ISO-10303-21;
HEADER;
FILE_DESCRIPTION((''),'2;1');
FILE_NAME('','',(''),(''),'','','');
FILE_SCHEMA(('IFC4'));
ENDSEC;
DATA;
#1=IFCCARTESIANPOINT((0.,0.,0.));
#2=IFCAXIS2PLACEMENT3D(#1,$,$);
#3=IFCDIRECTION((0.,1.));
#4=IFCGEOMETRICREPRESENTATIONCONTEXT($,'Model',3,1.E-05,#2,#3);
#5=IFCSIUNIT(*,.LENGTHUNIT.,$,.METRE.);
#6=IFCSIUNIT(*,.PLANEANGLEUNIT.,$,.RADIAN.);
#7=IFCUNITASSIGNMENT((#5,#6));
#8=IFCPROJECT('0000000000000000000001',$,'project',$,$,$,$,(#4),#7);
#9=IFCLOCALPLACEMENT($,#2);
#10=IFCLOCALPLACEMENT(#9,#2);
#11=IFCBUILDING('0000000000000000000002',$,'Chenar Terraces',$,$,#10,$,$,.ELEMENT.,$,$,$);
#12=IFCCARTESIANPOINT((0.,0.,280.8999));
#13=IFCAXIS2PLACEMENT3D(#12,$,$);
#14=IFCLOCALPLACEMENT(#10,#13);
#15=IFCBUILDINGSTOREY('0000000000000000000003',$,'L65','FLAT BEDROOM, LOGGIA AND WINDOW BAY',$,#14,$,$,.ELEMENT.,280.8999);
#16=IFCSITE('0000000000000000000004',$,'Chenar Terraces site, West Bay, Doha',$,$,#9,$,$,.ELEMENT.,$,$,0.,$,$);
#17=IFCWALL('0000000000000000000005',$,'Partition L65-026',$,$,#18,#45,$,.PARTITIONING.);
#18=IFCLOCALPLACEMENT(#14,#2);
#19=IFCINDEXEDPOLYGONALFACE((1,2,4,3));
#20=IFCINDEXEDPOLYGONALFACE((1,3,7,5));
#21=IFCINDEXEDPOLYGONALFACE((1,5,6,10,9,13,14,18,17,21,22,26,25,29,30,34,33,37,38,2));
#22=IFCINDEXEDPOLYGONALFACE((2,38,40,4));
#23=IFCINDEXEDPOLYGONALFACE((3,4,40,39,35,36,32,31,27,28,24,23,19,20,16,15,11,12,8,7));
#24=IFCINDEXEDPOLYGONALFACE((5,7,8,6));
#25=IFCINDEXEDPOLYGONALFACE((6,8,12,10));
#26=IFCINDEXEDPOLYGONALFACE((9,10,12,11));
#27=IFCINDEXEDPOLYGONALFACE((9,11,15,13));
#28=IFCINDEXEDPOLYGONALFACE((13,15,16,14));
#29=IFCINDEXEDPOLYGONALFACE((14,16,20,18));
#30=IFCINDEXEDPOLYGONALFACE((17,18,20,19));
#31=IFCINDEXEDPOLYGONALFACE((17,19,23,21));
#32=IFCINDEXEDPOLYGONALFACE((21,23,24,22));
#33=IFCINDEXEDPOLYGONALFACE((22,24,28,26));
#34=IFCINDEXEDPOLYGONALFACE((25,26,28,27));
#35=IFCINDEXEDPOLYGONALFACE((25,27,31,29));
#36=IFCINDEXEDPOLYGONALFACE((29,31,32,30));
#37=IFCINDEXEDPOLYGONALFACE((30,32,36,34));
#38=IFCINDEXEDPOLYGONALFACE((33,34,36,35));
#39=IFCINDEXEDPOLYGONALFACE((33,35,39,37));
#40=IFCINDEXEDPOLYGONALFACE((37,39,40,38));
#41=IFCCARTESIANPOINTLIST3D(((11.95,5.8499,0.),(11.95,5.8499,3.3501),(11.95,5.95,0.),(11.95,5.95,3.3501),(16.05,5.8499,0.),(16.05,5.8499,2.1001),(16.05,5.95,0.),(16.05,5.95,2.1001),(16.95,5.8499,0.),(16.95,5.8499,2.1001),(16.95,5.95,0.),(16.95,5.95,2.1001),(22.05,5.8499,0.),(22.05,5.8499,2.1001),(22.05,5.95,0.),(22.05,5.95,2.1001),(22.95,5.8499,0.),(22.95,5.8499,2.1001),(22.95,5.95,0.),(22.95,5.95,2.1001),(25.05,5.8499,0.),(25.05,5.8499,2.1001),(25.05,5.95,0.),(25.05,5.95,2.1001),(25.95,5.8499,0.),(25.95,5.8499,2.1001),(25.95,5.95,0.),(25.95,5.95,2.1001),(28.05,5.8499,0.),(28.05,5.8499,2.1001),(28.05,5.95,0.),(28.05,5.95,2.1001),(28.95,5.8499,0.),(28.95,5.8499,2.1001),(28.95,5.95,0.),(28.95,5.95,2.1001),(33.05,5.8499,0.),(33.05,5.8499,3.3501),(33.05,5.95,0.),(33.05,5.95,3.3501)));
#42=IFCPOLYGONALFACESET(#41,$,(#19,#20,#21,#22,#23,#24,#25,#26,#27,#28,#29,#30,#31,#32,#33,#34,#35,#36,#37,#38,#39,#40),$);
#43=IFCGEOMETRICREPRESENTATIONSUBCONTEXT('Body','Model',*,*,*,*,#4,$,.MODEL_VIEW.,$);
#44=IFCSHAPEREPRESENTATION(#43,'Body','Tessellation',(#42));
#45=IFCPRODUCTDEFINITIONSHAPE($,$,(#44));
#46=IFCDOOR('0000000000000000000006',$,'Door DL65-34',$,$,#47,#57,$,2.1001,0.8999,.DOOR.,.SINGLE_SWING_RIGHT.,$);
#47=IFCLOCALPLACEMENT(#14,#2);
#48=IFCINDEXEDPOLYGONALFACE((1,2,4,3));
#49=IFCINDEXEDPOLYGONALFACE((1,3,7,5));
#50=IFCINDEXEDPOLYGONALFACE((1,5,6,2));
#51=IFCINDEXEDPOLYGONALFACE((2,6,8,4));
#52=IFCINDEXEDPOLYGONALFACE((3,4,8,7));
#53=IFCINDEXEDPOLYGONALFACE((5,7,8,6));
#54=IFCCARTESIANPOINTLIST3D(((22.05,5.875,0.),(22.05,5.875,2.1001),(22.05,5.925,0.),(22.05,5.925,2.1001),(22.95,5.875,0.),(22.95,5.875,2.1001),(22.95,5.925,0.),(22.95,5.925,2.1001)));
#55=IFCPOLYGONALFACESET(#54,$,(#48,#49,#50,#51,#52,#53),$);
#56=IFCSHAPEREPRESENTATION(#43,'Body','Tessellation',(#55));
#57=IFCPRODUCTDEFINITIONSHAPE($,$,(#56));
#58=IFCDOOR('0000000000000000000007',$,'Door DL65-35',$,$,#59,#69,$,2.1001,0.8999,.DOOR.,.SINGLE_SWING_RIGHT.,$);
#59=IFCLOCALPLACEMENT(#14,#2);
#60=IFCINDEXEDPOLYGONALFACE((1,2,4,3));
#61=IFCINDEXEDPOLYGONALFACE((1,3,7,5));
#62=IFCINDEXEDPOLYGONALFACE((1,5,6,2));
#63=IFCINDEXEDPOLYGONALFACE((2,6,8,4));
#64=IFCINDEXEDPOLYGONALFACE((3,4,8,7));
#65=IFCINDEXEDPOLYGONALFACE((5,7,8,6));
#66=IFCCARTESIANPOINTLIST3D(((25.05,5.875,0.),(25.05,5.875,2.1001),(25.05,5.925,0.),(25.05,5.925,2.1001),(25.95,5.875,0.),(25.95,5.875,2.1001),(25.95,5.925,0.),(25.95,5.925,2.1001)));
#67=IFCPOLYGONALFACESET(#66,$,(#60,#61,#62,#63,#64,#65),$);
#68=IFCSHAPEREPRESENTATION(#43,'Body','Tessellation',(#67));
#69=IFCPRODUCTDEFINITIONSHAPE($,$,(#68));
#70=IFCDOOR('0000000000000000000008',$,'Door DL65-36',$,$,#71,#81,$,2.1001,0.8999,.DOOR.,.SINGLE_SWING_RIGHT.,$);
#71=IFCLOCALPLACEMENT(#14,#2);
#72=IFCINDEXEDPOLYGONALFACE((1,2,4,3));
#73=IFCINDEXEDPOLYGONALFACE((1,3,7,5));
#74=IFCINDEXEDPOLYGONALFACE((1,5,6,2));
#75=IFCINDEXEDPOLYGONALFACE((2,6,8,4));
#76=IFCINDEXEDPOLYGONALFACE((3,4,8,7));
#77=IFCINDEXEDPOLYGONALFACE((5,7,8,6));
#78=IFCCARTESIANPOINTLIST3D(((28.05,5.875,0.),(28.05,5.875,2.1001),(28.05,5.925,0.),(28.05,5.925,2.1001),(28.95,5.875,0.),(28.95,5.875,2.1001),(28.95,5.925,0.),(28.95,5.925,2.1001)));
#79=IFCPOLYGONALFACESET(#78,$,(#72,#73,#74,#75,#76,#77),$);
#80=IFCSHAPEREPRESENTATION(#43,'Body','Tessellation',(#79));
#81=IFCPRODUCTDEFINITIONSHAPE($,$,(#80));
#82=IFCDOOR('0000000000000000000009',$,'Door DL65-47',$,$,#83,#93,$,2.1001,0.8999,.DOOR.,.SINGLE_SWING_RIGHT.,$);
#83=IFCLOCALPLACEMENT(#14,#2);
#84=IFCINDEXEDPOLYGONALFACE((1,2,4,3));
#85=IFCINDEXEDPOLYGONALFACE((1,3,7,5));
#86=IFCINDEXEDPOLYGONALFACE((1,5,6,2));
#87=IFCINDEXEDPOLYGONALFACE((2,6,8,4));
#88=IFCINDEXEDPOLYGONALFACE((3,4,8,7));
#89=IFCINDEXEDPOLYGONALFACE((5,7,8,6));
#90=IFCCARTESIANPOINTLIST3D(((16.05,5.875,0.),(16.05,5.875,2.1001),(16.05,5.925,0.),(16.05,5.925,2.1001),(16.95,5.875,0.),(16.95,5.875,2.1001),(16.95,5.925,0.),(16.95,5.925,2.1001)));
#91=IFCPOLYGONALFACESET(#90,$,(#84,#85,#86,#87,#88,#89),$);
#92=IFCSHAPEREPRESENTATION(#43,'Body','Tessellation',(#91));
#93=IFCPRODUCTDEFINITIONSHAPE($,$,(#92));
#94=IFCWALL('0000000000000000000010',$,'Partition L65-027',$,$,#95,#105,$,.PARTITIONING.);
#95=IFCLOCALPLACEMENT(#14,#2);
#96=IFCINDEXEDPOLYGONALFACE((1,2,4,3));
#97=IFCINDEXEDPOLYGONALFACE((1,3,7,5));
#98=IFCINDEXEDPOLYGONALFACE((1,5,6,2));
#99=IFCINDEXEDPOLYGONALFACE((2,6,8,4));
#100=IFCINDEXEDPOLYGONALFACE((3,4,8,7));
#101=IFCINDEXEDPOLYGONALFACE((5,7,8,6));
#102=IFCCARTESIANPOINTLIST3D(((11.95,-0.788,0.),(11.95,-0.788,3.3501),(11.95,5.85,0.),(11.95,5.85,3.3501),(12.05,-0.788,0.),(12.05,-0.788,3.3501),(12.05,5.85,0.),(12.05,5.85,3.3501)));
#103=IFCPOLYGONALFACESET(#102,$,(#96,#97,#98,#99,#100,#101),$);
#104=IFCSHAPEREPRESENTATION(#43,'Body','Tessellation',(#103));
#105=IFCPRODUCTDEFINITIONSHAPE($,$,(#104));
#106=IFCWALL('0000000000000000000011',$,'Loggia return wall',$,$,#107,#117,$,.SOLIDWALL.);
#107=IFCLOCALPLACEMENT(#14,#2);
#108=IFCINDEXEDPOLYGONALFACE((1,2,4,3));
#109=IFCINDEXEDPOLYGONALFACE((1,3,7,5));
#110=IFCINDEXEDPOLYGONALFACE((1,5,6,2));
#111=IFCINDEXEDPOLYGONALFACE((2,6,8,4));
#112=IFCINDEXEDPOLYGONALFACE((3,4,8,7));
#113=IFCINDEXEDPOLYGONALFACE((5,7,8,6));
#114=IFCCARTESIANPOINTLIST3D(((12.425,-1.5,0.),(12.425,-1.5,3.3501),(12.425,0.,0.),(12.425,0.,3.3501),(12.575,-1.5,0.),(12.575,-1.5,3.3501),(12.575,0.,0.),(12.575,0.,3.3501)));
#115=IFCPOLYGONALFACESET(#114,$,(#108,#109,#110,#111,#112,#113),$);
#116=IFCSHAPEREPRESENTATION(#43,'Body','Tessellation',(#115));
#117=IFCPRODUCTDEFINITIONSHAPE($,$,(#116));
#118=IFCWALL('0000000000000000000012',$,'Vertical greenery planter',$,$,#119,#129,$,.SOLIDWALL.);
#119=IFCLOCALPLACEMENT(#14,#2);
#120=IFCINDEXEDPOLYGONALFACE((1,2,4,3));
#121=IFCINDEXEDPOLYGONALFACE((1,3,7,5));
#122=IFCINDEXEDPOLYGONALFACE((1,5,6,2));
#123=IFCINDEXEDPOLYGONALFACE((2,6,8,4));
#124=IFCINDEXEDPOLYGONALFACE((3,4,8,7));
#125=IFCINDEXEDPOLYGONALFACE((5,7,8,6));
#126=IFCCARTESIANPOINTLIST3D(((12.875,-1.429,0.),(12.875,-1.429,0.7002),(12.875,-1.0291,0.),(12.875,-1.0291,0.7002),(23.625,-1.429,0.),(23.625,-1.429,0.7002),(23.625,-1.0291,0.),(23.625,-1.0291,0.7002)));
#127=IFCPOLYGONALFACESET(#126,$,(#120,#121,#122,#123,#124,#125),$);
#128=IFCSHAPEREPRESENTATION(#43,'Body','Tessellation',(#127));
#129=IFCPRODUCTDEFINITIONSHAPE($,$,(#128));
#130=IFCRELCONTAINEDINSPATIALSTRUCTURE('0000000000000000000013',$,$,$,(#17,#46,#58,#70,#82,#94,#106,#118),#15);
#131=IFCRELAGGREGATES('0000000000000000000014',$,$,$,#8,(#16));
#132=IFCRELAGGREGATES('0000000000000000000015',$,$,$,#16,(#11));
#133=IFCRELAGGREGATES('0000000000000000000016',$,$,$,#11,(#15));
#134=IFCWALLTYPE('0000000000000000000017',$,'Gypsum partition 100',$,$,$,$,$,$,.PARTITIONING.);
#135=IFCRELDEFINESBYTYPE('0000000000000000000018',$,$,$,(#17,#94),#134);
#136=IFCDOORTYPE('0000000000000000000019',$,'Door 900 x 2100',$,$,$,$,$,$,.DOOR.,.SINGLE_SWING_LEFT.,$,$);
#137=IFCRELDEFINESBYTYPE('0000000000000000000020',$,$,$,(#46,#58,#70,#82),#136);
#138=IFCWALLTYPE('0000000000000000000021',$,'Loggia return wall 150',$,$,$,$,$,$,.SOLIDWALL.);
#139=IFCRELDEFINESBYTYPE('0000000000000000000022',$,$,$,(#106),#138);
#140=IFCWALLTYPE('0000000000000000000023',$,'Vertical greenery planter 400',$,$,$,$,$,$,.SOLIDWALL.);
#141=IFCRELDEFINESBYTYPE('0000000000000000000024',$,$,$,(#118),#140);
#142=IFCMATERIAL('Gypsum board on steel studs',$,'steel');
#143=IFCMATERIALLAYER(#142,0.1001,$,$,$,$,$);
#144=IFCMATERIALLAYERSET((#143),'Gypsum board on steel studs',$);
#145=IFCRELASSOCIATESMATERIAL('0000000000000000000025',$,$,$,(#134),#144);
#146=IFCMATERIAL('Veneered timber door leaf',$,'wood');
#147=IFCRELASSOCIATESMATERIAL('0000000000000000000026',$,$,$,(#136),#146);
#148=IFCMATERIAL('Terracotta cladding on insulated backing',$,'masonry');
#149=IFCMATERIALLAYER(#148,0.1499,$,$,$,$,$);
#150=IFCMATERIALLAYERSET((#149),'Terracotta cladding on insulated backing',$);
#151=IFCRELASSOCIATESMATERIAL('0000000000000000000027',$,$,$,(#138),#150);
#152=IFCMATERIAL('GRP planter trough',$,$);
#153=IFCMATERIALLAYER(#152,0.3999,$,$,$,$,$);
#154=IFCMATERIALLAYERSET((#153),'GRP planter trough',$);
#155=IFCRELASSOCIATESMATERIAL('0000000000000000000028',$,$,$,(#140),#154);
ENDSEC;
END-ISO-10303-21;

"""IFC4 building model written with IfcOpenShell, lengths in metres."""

from ifc_helpers import new_model, si_unit, direction, frame, frame_2d, origin, place, context, subcontext, project, spatial, rectangle, extrude, material, layer, layer_set, type_object, element, fill, save


model = new_model("IFC4")

# Units and contexts
model_context = context("Model", 3, precision=1e-05, world=origin(), true_north=direction((0.0, 1.0)))
body_context = subcontext(model_context, "Body", "Model", "MODEL_VIEW")
ifc_project = project(units=[si_unit("LENGTHUNIT", "METRE"), si_unit("PLANEANGLEUNIT", "RADIAN")], contexts=[model_context])

# Site, building, storey
site_placement = place(None, origin())
site = spatial("IfcSite", under=ifc_project, at=site_placement, Name="Chenar Terraces site, West Bay, Doha", CompositionType="ELEMENT", RefElevation=0.0)
building_placement = place(site_placement, origin())
building = spatial("IfcBuilding", under=site, at=building_placement, Name="Chenar Terraces", CompositionType="ELEMENT")
storey_placement = place(building_placement, frame((0.0, 0.0, 280.8999)))
storey = spatial("IfcBuildingStorey", under=building, at=storey_placement, Name="L65", Description="FLAT BEDROOM, LOGGIA AND WINDOW BAY", CompositionType="ELEMENT", Elevation=280.8999)

# Wall, openings, doors
ifc_material_1 = material(Name="Gypsum board on steel studs", Category="steel")
ifc_layer_1 = layer(ifc_material_1, 0.1001)
ifc_layer_set_1 = layer_set([ifc_layer_1], Name="Gypsum board on steel studs")
wall_type_1 = type_object("IfcWallType", Name="Gypsum partition 100", PredefinedType="PARTITIONING", material=ifc_layer_set_1)
wall_1_placement = place(storey_placement, frame((11.95, 5.8999, 0.0), z_axis=(0.0, 0.0, 1.0), x_axis=(1.0, 0.0, 0.0)))
wall_1 = element("IfcWall", 1, at=wall_1_placement, inside=storey, type_object=wall_type_1, Name="Partition L65-026", PredefinedType="PARTITIONING", context=body_context, shape_type="SweptSolid", body=[
    extrude(rectangle(XDim=21.1001, YDim=0.1001, at=frame_2d((10.55, 0.0))), origin(), (0.0, 0.0, 1.0), 3.3501),
])
opening_1_placement = place(wall_1_placement, frame((10.1001, 0.0, 0.0)))
opening_1 = element("IfcOpeningElement", 2, at=opening_1_placement, cuts=wall_1, PredefinedType="OPENING", context=body_context, shape_type="SweptSolid", body=[
    extrude(rectangle(XDim=0.8999, YDim=2.1001, at=frame_2d((0.45, 1.05))), frame((0.0, 0.0601, 0.0), z_axis=(0.0, -1.0, 0.0), x_axis=(1.0, 0.0, 0.0)), (0.0, 0.0, 1.0), 0.1201),
])
opening_2_placement = place(wall_1_placement, frame((13.1001, 0.0, 0.0)))
opening_2 = element("IfcOpeningElement", 3, at=opening_2_placement, cuts=wall_1, PredefinedType="OPENING", context=body_context, shape_type="SweptSolid", body=[
    extrude(rectangle(XDim=0.8999, YDim=2.1001, at=frame_2d((0.45, 1.05))), frame((0.0, 0.0601, 0.0), z_axis=(0.0, -1.0, 0.0), x_axis=(1.0, 0.0, 0.0)), (0.0, 0.0, 1.0), 0.1201),
])
opening_3_placement = place(wall_1_placement, frame((16.1001, 0.0, 0.0)))
opening_3 = element("IfcOpeningElement", 4, at=opening_3_placement, cuts=wall_1, PredefinedType="OPENING", context=body_context, shape_type="SweptSolid", body=[
    extrude(rectangle(XDim=0.8999, YDim=2.1001, at=frame_2d((0.45, 1.05))), frame((0.0, 0.0601, 0.0), z_axis=(0.0, -1.0, 0.0), x_axis=(1.0, 0.0, 0.0)), (0.0, 0.0, 1.0), 0.1201),
])
opening_4_placement = place(wall_1_placement, frame((4.1001, 0.0, 0.0)))
opening_4 = element("IfcOpeningElement", 5, at=opening_4_placement, cuts=wall_1, PredefinedType="OPENING", context=body_context, shape_type="SweptSolid", body=[
    extrude(rectangle(XDim=0.8999, YDim=2.1001, at=frame_2d((0.45, 1.05))), frame((0.0, 0.0601, 0.0), z_axis=(0.0, -1.0, 0.0), x_axis=(1.0, 0.0, 0.0)), (0.0, 0.0, 1.0), 0.1201),
])
ifc_material_2 = material(Name="Veneered timber door leaf", Category="wood")
door_type_1 = type_object("IfcDoorType", Name="Door 900 x 2100", OperationType="SINGLE_SWING_LEFT", PredefinedType="DOOR", material=ifc_material_2)
door_1_placement = place(opening_1_placement, frame((0.8999, 0.0, 0.0), z_axis=(0.0, 0.0, 1.0), x_axis=(-1.0, 0.0, 0.0)))
door_1 = element("IfcDoor", 6, at=door_1_placement, inside=storey, type_object=door_type_1, Name="Door DL65-34", OperationType="SINGLE_SWING_RIGHT", OverallHeight=2.1001, OverallWidth=0.8999, PredefinedType="DOOR", context=body_context, shape_type="SweptSolid", body=[
    extrude(rectangle(XDim=0.8999, YDim=2.1001, at=frame_2d((0.45, 1.05))), frame((0.0, 0.0249, 0.0), z_axis=(0.0, -1.0, 0.0), x_axis=(1.0, 0.0, 0.0)), (0.0, 0.0, 1.0), 0.05),
])
fill(opening_1, door_1)
door_2_placement = place(opening_2_placement, frame((0.8999, 0.0, 0.0), z_axis=(0.0, 0.0, 1.0), x_axis=(-1.0, 0.0, 0.0)))
door_2 = element("IfcDoor", 7, at=door_2_placement, inside=storey, type_object=door_type_1, Name="Door DL65-35", OperationType="SINGLE_SWING_RIGHT", OverallHeight=2.1001, OverallWidth=0.8999, PredefinedType="DOOR", context=body_context, shape_type="SweptSolid", body=[
    extrude(rectangle(XDim=0.8999, YDim=2.1001, at=frame_2d((0.45, 1.05))), frame((0.0, 0.0249, 0.0), z_axis=(0.0, -1.0, 0.0), x_axis=(1.0, 0.0, 0.0)), (0.0, 0.0, 1.0), 0.05),
])
fill(opening_2, door_2)
door_3_placement = place(opening_3_placement, frame((0.8999, 0.0, 0.0), z_axis=(0.0, 0.0, 1.0), x_axis=(-1.0, 0.0, 0.0)))
door_3 = element("IfcDoor", 8, at=door_3_placement, inside=storey, type_object=door_type_1, Name="Door DL65-36", OperationType="SINGLE_SWING_RIGHT", OverallHeight=2.1001, OverallWidth=0.8999, PredefinedType="DOOR", context=body_context, shape_type="SweptSolid", body=[
    extrude(rectangle(XDim=0.8999, YDim=2.1001, at=frame_2d((0.45, 1.05))), frame((0.0, 0.0249, 0.0), z_axis=(0.0, -1.0, 0.0), x_axis=(1.0, 0.0, 0.0)), (0.0, 0.0, 1.0), 0.05),
])
fill(opening_3, door_3)
door_4_placement = place(opening_4_placement, frame((0.8999, 0.0, 0.0), z_axis=(0.0, 0.0, 1.0), x_axis=(-1.0, 0.0, 0.0)))
door_4 = element("IfcDoor", 9, at=door_4_placement, inside=storey, type_object=door_type_1, Name="Door DL65-47", OperationType="SINGLE_SWING_RIGHT", OverallHeight=2.1001, OverallWidth=0.8999, PredefinedType="DOOR", context=body_context, shape_type="SweptSolid", body=[
    extrude(rectangle(XDim=0.8999, YDim=2.1001, at=frame_2d((0.45, 1.05))), frame((0.0, 0.0249, 0.0), z_axis=(0.0, -1.0, 0.0), x_axis=(1.0, 0.0, 0.0)), (0.0, 0.0, 1.0), 0.05),
])
fill(opening_4, door_4)

# Walls
wall_2_placement = place(storey_placement, frame((12.0, -0.7878, 0.0), z_axis=(0.0, 0.0, 1.0), x_axis=(0.0, 1.0, 0.0)))
element("IfcWall", 10, at=wall_2_placement, inside=storey, type_object=wall_type_1, Name="Partition L65-027", PredefinedType="PARTITIONING", context=body_context, shape_type="SweptSolid", body=[
    extrude(rectangle(XDim=6.6379, YDim=0.1001, at=frame_2d((3.3188, 0.0))), origin(), (0.0, 0.0, 1.0), 3.3501),
])
ifc_material_3 = material(Name="Terracotta cladding on insulated backing", Category="masonry")
ifc_layer_2 = layer(ifc_material_3, 0.1499)
ifc_layer_set_2 = layer_set([ifc_layer_2], Name="Terracotta cladding on insulated backing")
wall_type_2 = type_object("IfcWallType", Name="Loggia return wall 150", PredefinedType="SOLIDWALL", material=ifc_layer_set_2)
wall_3_placement = place(storey_placement, frame((12.5, -1.5, 0.0), z_axis=(0.0, 0.0, 1.0), x_axis=(0.0, 1.0, 0.0)))
element("IfcWall", 11, at=wall_3_placement, inside=storey, type_object=wall_type_2, Name="Loggia return wall", PredefinedType="SOLIDWALL", context=body_context, shape_type="SweptSolid", body=[
    extrude(rectangle(XDim=1.5, YDim=0.1499, at=frame_2d((0.75, 0.0))), origin(), (0.0, 0.0, 1.0), 3.3501),
])
ifc_material_4 = material(Name="GRP planter trough")
ifc_layer_3 = layer(ifc_material_4, 0.3999)
ifc_layer_set_3 = layer_set([ifc_layer_3], Name="GRP planter trough")
wall_type_3 = type_object("IfcWallType", Name="Vertical greenery planter 400", PredefinedType="SOLIDWALL", material=ifc_layer_set_3)
wall_4_placement = place(storey_placement, frame((12.875, -1.229, 0.0), z_axis=(0.0, 0.0, 1.0), x_axis=(1.0, 0.0, 0.0)))
element("IfcWall", 12, at=wall_4_placement, inside=storey, type_object=wall_type_3, Name="Vertical greenery planter", PredefinedType="SOLIDWALL", context=body_context, shape_type="SweptSolid", body=[
    extrude(rectangle(XDim=10.75, YDim=0.3999, at=frame_2d((5.375, 0.0))), origin(), (0.0, 0.0, 1.0), 0.7002),
])

save(model, "model.ifc")
